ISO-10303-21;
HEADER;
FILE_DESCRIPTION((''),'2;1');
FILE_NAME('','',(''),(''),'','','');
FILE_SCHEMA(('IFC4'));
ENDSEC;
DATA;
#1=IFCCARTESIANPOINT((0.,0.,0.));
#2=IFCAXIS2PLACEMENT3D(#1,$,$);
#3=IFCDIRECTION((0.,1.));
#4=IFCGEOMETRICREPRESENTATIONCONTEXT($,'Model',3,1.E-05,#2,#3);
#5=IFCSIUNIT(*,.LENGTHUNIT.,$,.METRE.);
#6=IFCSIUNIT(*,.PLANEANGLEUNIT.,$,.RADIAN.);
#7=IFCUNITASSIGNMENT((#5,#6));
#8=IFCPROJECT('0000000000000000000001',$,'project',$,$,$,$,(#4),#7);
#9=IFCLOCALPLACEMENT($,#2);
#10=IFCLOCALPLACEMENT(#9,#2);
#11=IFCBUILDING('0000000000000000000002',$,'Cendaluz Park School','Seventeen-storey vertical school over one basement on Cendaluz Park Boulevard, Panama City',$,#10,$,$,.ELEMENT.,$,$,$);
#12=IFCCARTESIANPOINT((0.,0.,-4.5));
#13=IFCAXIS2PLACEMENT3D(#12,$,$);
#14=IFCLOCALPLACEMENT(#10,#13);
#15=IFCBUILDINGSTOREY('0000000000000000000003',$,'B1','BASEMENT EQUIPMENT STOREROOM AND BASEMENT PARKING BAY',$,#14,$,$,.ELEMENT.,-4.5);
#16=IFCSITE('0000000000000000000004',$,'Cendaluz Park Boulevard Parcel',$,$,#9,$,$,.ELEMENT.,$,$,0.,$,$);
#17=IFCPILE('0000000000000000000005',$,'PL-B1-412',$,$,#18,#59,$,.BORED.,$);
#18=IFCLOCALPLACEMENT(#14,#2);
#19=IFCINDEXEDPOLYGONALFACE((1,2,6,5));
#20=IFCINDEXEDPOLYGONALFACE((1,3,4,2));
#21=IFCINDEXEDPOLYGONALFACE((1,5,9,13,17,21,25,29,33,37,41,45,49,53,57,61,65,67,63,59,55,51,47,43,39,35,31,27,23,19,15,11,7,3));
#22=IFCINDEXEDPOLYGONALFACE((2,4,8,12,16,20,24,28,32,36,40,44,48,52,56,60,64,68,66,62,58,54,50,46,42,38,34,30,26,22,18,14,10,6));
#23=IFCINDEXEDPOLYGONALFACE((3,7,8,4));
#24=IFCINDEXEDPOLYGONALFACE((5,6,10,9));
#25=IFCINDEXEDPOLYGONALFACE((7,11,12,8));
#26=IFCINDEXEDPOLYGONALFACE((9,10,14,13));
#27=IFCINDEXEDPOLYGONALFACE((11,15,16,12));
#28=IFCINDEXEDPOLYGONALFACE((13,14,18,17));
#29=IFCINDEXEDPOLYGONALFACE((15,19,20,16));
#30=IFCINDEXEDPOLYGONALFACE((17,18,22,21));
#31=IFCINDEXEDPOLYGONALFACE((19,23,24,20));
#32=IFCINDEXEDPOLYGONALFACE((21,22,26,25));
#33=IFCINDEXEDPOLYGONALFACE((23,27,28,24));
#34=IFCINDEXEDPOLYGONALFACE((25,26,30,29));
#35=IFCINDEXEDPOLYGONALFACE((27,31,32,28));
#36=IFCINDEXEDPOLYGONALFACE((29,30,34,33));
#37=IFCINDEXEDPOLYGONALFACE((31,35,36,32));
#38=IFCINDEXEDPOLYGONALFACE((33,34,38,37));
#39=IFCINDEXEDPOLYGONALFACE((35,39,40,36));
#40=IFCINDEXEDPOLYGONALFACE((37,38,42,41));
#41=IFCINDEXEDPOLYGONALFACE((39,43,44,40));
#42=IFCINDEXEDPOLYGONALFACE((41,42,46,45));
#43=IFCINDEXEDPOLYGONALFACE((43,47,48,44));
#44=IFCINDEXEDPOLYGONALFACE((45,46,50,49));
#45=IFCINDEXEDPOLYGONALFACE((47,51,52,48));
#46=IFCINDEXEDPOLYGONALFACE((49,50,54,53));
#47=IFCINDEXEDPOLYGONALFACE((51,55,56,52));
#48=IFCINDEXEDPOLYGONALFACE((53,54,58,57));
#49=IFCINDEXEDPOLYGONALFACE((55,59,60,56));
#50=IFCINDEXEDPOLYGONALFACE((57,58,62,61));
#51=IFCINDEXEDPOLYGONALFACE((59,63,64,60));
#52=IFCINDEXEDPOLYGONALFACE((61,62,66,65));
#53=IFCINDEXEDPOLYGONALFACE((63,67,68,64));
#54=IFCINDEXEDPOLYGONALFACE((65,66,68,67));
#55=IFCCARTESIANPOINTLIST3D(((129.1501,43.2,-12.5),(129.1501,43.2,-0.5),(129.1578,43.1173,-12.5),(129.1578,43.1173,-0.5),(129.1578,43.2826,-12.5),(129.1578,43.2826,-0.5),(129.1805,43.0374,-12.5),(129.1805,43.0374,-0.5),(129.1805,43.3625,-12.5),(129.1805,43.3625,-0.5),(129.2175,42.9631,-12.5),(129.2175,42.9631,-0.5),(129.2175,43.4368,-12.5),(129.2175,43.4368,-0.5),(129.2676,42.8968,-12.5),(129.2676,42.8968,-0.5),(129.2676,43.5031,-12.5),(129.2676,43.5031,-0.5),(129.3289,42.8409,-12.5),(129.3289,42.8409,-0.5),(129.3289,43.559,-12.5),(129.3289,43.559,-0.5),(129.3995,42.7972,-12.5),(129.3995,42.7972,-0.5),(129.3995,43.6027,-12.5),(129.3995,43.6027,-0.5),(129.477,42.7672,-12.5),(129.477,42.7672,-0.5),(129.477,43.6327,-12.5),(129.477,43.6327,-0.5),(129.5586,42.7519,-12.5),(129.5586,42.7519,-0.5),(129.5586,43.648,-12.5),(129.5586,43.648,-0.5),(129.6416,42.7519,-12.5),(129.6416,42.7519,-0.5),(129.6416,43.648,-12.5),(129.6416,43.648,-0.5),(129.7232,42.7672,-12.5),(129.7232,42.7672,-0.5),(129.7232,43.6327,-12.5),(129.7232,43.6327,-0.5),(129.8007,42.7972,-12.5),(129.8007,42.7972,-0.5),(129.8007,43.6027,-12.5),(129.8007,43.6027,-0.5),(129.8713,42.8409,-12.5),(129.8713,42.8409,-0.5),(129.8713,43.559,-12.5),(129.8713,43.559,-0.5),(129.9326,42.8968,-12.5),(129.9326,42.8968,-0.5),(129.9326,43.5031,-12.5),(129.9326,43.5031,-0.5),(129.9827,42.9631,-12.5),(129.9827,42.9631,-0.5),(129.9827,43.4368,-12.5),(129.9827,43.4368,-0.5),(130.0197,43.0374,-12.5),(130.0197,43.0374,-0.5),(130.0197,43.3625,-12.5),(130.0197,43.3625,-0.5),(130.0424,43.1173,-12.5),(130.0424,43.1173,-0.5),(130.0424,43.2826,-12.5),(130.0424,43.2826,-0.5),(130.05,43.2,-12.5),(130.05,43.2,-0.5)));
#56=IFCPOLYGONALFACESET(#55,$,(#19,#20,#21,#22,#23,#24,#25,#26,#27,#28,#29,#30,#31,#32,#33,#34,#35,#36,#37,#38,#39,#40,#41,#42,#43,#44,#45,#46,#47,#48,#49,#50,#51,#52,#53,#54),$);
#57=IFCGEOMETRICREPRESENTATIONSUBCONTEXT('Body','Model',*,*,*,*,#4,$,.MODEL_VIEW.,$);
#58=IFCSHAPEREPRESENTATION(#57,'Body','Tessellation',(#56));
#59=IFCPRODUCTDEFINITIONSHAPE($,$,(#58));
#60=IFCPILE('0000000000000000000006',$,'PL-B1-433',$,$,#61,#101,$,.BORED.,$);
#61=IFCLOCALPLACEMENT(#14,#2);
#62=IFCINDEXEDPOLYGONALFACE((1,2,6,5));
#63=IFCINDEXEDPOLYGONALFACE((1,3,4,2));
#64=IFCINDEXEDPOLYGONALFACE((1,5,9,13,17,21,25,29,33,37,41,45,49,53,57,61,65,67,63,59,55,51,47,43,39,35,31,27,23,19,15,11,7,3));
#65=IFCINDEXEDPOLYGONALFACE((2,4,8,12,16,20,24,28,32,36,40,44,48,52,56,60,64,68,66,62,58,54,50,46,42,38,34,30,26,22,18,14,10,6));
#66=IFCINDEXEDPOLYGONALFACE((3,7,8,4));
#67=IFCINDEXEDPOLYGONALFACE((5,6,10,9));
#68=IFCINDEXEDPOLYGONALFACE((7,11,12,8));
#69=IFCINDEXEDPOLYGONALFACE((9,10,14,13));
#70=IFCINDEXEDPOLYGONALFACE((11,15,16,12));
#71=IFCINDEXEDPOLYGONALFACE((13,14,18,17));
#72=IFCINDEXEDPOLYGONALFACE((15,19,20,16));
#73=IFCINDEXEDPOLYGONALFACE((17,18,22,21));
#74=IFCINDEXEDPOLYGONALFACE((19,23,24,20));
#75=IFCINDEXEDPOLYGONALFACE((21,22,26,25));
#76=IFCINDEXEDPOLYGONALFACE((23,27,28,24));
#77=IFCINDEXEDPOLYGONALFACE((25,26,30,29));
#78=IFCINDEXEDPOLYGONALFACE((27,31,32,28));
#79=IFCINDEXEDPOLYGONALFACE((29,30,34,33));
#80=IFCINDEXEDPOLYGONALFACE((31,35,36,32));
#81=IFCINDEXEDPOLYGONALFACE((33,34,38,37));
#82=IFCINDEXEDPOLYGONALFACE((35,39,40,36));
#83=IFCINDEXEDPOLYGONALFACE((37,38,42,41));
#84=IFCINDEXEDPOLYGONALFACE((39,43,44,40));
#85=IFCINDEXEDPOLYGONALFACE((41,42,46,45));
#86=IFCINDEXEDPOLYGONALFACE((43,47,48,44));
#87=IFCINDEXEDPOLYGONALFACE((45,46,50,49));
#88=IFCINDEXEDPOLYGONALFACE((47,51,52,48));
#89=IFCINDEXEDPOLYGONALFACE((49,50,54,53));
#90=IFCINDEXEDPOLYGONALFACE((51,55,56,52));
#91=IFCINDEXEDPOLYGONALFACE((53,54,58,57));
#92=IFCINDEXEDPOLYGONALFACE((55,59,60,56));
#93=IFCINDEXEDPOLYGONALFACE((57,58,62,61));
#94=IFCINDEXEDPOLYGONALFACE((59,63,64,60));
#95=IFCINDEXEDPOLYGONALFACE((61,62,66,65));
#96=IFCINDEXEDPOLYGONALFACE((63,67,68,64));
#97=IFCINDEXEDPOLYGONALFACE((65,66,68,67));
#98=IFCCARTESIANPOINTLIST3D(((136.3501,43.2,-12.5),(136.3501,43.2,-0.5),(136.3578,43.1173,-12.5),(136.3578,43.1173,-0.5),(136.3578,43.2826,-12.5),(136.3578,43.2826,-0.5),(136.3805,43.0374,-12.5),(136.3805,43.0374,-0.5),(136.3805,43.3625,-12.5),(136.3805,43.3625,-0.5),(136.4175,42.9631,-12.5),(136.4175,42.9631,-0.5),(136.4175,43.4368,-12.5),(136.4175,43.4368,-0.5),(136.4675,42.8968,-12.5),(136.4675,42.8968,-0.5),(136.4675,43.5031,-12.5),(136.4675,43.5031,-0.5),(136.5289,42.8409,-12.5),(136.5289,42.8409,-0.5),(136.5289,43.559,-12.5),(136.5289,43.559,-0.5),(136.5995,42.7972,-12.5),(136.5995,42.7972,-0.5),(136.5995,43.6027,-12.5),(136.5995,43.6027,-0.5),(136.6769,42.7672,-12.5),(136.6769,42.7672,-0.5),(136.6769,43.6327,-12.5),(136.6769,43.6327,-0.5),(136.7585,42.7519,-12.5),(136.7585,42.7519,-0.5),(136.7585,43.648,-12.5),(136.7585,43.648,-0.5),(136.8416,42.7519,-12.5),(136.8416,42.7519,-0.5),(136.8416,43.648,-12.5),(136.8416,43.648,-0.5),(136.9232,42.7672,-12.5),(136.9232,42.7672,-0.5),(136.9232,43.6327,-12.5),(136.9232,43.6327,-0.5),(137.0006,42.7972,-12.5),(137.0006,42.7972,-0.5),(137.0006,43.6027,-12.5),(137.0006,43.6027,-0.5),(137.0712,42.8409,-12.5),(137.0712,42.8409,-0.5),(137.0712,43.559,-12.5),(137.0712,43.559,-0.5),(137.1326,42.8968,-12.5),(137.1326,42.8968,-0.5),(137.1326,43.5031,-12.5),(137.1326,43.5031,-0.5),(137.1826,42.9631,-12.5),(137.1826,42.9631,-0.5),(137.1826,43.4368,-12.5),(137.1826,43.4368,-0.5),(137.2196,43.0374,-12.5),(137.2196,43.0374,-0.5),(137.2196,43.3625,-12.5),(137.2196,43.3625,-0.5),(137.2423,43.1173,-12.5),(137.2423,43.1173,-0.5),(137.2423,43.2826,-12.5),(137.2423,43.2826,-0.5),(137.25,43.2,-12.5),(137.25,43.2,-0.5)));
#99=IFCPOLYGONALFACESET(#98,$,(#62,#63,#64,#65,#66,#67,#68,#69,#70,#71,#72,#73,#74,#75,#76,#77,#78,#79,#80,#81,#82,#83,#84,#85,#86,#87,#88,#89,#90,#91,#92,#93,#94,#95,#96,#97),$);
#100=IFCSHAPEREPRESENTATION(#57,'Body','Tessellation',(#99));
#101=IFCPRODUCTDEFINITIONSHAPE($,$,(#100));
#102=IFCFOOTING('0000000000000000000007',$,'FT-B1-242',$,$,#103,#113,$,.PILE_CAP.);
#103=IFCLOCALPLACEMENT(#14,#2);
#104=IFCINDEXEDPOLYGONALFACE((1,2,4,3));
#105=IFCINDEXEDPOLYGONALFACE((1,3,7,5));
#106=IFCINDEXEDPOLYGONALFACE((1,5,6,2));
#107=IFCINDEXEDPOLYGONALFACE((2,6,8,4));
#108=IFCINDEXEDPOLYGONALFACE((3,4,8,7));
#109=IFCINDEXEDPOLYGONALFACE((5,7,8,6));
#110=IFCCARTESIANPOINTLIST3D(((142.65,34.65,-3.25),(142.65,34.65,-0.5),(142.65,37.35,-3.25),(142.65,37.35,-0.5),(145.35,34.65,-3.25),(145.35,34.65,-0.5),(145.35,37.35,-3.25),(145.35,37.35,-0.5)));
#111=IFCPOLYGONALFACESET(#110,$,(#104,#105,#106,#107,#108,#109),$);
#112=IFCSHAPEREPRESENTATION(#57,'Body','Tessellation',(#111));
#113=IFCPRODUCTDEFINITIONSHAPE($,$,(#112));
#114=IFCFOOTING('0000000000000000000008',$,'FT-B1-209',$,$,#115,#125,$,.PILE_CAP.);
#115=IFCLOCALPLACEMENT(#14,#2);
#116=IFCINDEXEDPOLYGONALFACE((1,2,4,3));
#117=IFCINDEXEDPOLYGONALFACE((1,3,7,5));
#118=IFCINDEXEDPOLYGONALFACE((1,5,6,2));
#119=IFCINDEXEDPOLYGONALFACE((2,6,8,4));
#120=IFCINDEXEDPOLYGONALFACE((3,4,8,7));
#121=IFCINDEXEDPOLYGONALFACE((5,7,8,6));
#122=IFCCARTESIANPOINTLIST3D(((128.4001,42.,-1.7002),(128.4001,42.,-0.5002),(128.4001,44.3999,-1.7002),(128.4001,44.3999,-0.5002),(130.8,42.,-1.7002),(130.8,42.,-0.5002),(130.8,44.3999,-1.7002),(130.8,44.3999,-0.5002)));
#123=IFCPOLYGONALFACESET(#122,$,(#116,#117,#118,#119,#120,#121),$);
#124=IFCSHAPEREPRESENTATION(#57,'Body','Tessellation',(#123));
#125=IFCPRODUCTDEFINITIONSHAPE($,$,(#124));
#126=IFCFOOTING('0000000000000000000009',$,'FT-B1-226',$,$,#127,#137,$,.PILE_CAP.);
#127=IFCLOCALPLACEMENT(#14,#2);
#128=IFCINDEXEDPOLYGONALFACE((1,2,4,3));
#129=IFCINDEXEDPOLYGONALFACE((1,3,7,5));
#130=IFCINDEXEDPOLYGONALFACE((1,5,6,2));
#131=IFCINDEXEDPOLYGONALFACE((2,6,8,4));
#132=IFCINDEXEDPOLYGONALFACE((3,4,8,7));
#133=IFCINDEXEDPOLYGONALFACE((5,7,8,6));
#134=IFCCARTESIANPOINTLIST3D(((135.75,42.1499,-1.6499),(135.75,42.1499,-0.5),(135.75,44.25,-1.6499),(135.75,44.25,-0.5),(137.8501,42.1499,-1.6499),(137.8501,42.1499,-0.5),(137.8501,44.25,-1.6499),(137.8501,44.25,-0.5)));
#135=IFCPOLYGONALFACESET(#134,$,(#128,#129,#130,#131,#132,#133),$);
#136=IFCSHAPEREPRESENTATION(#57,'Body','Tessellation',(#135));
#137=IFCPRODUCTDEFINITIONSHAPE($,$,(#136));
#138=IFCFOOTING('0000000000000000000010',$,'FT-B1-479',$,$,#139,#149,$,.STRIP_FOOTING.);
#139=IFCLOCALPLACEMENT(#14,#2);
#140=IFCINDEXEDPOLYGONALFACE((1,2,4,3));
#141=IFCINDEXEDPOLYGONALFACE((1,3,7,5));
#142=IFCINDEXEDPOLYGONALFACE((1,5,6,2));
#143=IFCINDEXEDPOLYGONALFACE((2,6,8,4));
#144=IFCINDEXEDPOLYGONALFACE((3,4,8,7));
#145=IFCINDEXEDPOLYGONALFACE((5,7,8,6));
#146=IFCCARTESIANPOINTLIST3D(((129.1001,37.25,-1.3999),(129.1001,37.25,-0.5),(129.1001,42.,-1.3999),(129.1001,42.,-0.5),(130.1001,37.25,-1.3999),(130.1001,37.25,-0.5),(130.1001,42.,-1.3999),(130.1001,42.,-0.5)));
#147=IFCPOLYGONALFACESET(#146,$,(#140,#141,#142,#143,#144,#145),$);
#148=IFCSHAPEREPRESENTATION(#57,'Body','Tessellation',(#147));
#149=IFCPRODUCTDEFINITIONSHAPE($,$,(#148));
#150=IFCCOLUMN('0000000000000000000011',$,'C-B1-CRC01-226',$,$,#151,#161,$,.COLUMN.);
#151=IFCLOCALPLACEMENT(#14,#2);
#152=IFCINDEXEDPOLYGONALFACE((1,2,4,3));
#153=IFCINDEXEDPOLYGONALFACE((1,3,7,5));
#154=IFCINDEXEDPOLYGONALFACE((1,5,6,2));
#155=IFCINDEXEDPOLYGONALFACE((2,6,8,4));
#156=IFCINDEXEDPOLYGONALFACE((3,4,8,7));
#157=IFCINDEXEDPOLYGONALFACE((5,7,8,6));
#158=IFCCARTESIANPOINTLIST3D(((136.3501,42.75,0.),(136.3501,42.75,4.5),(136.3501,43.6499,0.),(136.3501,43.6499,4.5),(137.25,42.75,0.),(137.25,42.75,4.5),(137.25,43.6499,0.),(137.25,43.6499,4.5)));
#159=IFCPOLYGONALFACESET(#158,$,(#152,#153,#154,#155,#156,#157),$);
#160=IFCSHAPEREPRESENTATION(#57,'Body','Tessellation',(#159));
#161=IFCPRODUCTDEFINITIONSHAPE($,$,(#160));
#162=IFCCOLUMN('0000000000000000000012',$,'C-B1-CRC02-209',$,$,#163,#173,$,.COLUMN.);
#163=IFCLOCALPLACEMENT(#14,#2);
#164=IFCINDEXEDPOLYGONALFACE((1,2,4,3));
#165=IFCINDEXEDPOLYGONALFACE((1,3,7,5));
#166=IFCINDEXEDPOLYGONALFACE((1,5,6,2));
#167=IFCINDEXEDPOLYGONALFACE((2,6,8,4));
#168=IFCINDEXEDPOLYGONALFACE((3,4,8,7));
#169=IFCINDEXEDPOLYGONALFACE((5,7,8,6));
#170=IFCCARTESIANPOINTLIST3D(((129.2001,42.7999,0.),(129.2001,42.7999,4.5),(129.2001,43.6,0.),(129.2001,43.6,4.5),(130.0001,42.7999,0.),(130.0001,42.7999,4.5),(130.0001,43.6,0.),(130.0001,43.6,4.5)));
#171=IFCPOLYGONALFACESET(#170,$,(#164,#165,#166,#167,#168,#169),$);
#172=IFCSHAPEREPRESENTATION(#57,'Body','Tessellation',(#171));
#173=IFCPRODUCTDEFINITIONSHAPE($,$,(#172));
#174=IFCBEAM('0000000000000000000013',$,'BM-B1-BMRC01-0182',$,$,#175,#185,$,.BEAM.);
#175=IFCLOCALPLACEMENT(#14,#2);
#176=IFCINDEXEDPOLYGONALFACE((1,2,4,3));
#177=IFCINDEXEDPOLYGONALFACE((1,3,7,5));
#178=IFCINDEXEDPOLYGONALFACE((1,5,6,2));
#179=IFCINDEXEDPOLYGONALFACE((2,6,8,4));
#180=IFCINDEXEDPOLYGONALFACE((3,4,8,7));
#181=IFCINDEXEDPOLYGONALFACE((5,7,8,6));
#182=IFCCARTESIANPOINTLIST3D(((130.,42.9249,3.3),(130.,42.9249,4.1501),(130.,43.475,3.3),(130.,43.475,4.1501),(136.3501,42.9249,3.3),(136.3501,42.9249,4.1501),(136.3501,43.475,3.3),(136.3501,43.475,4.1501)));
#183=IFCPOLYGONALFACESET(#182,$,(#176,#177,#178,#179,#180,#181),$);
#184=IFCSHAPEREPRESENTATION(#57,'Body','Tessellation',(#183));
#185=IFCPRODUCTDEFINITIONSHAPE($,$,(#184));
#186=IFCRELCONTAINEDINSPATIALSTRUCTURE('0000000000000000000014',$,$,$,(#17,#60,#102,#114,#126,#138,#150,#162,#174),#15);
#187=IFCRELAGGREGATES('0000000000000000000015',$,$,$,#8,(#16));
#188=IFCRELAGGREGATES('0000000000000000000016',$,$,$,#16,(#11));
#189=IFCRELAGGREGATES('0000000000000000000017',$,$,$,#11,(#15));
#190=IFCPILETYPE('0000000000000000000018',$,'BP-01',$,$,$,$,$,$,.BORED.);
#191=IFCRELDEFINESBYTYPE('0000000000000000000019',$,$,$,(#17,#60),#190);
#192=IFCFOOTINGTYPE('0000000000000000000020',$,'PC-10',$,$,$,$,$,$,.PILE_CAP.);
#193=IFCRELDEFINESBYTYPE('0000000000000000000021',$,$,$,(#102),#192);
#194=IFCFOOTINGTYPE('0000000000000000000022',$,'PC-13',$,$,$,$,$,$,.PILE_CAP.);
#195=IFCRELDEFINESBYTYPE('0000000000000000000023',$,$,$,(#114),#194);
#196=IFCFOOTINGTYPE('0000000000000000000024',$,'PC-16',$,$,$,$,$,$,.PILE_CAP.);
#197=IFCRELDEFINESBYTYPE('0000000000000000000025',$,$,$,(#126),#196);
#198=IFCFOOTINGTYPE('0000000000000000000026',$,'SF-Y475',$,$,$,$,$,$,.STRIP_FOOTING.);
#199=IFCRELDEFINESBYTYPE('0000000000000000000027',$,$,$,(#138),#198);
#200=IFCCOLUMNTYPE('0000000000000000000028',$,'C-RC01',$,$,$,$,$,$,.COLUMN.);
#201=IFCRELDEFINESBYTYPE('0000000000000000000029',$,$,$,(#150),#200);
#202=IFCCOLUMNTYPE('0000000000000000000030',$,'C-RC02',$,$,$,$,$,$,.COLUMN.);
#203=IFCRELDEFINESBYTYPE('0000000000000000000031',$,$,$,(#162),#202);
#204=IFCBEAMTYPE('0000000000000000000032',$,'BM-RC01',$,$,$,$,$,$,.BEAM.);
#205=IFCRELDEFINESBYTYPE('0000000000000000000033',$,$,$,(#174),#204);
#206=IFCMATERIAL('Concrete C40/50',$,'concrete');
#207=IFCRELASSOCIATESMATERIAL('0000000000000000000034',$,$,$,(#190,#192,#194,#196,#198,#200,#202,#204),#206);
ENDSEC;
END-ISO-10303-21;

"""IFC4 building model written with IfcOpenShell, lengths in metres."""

from ifc_helpers import new_model, si_unit, direction, frame, origin, origin_2d, place, context, subcontext, project, spatial, rectangle, circle, extrude, material, material_profile, profile_set, type_object, element, save


model = new_model("IFC4")

# Units and contexts
model_context = context("Model", 3, precision=1e-05, world=origin(), true_north=direction((0.0, 1.0)))
body_context = subcontext(model_context, "Body", "Model", "MODEL_VIEW")
ifc_project = project(units=[si_unit("LENGTHUNIT", "METRE"), si_unit("PLANEANGLEUNIT", "RADIAN")], contexts=[model_context])

# Site, building, storey
site_placement = place(None, origin())
site = spatial("IfcSite", under=ifc_project, at=site_placement, Name="Cendaluz Park Boulevard Parcel", CompositionType="ELEMENT", RefElevation=0.0)
building_placement = place(site_placement, origin())
building = spatial("IfcBuilding", under=site, at=building_placement, Name="Cendaluz Park School", Description="Seventeen-storey vertical school over one basement on Cendaluz Park Boulevard, Panama City", CompositionType="ELEMENT")
storey_placement = place(building_placement, frame((0.0, 0.0, -4.5)))
storey = spatial("IfcBuildingStorey", under=building, at=storey_placement, Name="B1", Description="BASEMENT EQUIPMENT STOREROOM AND BASEMENT PARKING BAY", CompositionType="ELEMENT", Elevation=-4.5)

# Piles
ifc_material_1 = material(Name="Concrete C40/50", Category="concrete")
ifc_material_profile_1 = material_profile(ifc_material_1, circle(Radius=0.45, at=origin_2d()), Name="BP D900", Category="concrete")
ifc_profile_set_1 = profile_set([ifc_material_profile_1], Name="Concrete C40/50")
pile_type = type_object("IfcPileType", Name="BP-01", PredefinedType="BORED", material=ifc_profile_set_1)
for number, where, z_axis, x_axis, name in (
    (1, (129.6001, 43.2, -0.5), (0.0, 0.0, -1.0), (1.0, 0.0, 0.0), "PL-B1-412"),
    (2, (136.8, 43.2, -0.5), (0.0, 0.0, -1.0), (1.0, 0.0, 0.0), "PL-B1-433"),
):
    element("IfcPile", number, at=place(storey_placement, frame(where, z_axis=z_axis, x_axis=x_axis)), inside=storey, type_object=pile_type, Name=name, PredefinedType="BORED", context=body_context, shape_type="SweptSolid", body=[
        extrude(circle(Radius=0.45, at=origin_2d()), origin(), (0.0, 0.0, 1.0), 12.0),
    ])

# Footings
footing_type_1 = type_object("IfcFootingType", Name="PC-10", PredefinedType="PILE_CAP", material=ifc_material_1)
footing_1_placement = place(storey_placement, frame((144.0, 36.0, -3.25), z_axis=(0.0, 0.0, 1.0), x_axis=(1.0, 0.0, 0.0)))
element("IfcFooting", 3, at=footing_1_placement, inside=storey, type_object=footing_type_1, Name="FT-B1-242", PredefinedType="PILE_CAP", context=body_context, shape_type="SweptSolid", body=[
    extrude(rectangle(XDim=2.7, YDim=2.7, at=origin_2d()), origin(), (0.0, 0.0, 1.0), 2.75),
])
footing_type_2 = type_object("IfcFootingType", Name="PC-13", PredefinedType="PILE_CAP", material=ifc_material_1)
footing_2_placement = place(storey_placement, frame((129.6001, 43.2, -1.7002), z_axis=(0.0, 0.0, 1.0), x_axis=(1.0, 0.0, 0.0)))
element("IfcFooting", 4, at=footing_2_placement, inside=storey, type_object=footing_type_2, Name="FT-B1-209", PredefinedType="PILE_CAP", context=body_context, shape_type="SweptSolid", body=[
    extrude(rectangle(XDim=2.3999, YDim=2.3999, at=origin_2d()), origin(), (0.0, 0.0, 1.0), 1.2),
])
footing_type_3 = type_object("IfcFootingType", Name="PC-16", PredefinedType="PILE_CAP", material=ifc_material_1)
footing_3_placement = place(storey_placement, frame((136.8, 43.2, -1.6499), z_axis=(0.0, 0.0, 1.0), x_axis=(1.0, 0.0, 0.0)))
element("IfcFooting", 5, at=footing_3_placement, inside=storey, type_object=footing_type_3, Name="FT-B1-226", PredefinedType="PILE_CAP", context=body_context, shape_type="SweptSolid", body=[
    extrude(rectangle(XDim=2.1001, YDim=2.1001, at=origin_2d()), origin(), (0.0, 0.0, 1.0), 1.1499),
])
footing_type_4 = type_object("IfcFootingType", Name="SF-Y475", PredefinedType="STRIP_FOOTING", material=ifc_material_1)
footing_4_placement = place(storey_placement, frame((129.6001, 39.625, -1.3999), z_axis=(0.0, 0.0, 1.0), x_axis=(1.0, 0.0, 0.0)))
element("IfcFooting", 6, at=footing_4_placement, inside=storey, type_object=footing_type_4, Name="FT-B1-479", PredefinedType="STRIP_FOOTING", context=body_context, shape_type="SweptSolid", body=[
    extrude(rectangle(XDim=1.0, YDim=4.75, at=origin_2d()), origin(), (0.0, 0.0, 1.0), 0.8999),
])

# Columns
ifc_material_profile_2 = material_profile(ifc_material_1, rectangle(XDim=0.8999, YDim=0.8999, at=origin_2d()), Name="RC 900x900", Category="concrete")
ifc_profile_set_2 = profile_set([ifc_material_profile_2], Name="Concrete C40/50")
column_type_1 = type_object("IfcColumnType", Name="C-RC01", PredefinedType="COLUMN", material=ifc_profile_set_2)
column_1_placement = place(storey_placement, frame((136.8, 43.2, 0.0), z_axis=(0.0, 0.0, 1.0), x_axis=(1.0, 0.0, 0.0)))
element("IfcColumn", 7, at=column_1_placement, inside=storey, type_object=column_type_1, Name="C-B1-CRC01-226", PredefinedType="COLUMN", context=body_context, shape_type="SweptSolid", body=[
    extrude(rectangle(XDim=0.8999, YDim=0.8999, at=origin_2d()), origin(), (0.0, 0.0, 1.0), 4.5),
])
ifc_material_profile_3 = material_profile(ifc_material_1, rectangle(XDim=0.8, YDim=0.8, at=origin_2d()), Name="RC 800x800", Category="concrete")
ifc_profile_set_3 = profile_set([ifc_material_profile_3], Name="Concrete C40/50")
column_type_2 = type_object("IfcColumnType", Name="C-RC02", PredefinedType="COLUMN", material=ifc_profile_set_3)
column_2_placement = place(storey_placement, frame((129.6001, 43.2, 0.0), z_axis=(0.0, 0.0, 1.0), x_axis=(1.0, 0.0, 0.0)))
element("IfcColumn", 8, at=column_2_placement, inside=storey, type_object=column_type_2, Name="C-B1-CRC02-209", PredefinedType="COLUMN", context=body_context, shape_type="SweptSolid", body=[
    extrude(rectangle(XDim=0.8, YDim=0.8, at=origin_2d()), origin(), (0.0, 0.0, 1.0), 4.5),
])

# Beam
ifc_material_profile_4 = material_profile(ifc_material_1, rectangle(XDim=0.55, YDim=0.8501, at=origin_2d()), Name="RC 550x850", Category="concrete")
ifc_profile_set_4 = profile_set([ifc_material_profile_4], Name="Concrete C40/50")
beam_type_1 = type_object("IfcBeamType", Name="BM-RC01", PredefinedType="BEAM", material=ifc_profile_set_4)
for number, where, z_axis, x_axis, name in (
    (9, (130.0, 43.2, 3.7251), (1.0, 0.0, 0.0), (0.0, 1.0, 0.0), "BM-B1-BMRC01-0182"),
):
    element("IfcBeam", number, at=place(storey_placement, frame(where, z_axis=z_axis, x_axis=x_axis)), inside=storey, type_object=beam_type_1, Name=name, PredefinedType="BEAM", context=body_context, shape_type="SweptSolid", body=[
        extrude(rectangle(XDim=0.55, YDim=0.8501, at=origin_2d()), origin(), (0.0, 0.0, 1.0), 6.3501),
    ])

save(model, "model.ifc")
